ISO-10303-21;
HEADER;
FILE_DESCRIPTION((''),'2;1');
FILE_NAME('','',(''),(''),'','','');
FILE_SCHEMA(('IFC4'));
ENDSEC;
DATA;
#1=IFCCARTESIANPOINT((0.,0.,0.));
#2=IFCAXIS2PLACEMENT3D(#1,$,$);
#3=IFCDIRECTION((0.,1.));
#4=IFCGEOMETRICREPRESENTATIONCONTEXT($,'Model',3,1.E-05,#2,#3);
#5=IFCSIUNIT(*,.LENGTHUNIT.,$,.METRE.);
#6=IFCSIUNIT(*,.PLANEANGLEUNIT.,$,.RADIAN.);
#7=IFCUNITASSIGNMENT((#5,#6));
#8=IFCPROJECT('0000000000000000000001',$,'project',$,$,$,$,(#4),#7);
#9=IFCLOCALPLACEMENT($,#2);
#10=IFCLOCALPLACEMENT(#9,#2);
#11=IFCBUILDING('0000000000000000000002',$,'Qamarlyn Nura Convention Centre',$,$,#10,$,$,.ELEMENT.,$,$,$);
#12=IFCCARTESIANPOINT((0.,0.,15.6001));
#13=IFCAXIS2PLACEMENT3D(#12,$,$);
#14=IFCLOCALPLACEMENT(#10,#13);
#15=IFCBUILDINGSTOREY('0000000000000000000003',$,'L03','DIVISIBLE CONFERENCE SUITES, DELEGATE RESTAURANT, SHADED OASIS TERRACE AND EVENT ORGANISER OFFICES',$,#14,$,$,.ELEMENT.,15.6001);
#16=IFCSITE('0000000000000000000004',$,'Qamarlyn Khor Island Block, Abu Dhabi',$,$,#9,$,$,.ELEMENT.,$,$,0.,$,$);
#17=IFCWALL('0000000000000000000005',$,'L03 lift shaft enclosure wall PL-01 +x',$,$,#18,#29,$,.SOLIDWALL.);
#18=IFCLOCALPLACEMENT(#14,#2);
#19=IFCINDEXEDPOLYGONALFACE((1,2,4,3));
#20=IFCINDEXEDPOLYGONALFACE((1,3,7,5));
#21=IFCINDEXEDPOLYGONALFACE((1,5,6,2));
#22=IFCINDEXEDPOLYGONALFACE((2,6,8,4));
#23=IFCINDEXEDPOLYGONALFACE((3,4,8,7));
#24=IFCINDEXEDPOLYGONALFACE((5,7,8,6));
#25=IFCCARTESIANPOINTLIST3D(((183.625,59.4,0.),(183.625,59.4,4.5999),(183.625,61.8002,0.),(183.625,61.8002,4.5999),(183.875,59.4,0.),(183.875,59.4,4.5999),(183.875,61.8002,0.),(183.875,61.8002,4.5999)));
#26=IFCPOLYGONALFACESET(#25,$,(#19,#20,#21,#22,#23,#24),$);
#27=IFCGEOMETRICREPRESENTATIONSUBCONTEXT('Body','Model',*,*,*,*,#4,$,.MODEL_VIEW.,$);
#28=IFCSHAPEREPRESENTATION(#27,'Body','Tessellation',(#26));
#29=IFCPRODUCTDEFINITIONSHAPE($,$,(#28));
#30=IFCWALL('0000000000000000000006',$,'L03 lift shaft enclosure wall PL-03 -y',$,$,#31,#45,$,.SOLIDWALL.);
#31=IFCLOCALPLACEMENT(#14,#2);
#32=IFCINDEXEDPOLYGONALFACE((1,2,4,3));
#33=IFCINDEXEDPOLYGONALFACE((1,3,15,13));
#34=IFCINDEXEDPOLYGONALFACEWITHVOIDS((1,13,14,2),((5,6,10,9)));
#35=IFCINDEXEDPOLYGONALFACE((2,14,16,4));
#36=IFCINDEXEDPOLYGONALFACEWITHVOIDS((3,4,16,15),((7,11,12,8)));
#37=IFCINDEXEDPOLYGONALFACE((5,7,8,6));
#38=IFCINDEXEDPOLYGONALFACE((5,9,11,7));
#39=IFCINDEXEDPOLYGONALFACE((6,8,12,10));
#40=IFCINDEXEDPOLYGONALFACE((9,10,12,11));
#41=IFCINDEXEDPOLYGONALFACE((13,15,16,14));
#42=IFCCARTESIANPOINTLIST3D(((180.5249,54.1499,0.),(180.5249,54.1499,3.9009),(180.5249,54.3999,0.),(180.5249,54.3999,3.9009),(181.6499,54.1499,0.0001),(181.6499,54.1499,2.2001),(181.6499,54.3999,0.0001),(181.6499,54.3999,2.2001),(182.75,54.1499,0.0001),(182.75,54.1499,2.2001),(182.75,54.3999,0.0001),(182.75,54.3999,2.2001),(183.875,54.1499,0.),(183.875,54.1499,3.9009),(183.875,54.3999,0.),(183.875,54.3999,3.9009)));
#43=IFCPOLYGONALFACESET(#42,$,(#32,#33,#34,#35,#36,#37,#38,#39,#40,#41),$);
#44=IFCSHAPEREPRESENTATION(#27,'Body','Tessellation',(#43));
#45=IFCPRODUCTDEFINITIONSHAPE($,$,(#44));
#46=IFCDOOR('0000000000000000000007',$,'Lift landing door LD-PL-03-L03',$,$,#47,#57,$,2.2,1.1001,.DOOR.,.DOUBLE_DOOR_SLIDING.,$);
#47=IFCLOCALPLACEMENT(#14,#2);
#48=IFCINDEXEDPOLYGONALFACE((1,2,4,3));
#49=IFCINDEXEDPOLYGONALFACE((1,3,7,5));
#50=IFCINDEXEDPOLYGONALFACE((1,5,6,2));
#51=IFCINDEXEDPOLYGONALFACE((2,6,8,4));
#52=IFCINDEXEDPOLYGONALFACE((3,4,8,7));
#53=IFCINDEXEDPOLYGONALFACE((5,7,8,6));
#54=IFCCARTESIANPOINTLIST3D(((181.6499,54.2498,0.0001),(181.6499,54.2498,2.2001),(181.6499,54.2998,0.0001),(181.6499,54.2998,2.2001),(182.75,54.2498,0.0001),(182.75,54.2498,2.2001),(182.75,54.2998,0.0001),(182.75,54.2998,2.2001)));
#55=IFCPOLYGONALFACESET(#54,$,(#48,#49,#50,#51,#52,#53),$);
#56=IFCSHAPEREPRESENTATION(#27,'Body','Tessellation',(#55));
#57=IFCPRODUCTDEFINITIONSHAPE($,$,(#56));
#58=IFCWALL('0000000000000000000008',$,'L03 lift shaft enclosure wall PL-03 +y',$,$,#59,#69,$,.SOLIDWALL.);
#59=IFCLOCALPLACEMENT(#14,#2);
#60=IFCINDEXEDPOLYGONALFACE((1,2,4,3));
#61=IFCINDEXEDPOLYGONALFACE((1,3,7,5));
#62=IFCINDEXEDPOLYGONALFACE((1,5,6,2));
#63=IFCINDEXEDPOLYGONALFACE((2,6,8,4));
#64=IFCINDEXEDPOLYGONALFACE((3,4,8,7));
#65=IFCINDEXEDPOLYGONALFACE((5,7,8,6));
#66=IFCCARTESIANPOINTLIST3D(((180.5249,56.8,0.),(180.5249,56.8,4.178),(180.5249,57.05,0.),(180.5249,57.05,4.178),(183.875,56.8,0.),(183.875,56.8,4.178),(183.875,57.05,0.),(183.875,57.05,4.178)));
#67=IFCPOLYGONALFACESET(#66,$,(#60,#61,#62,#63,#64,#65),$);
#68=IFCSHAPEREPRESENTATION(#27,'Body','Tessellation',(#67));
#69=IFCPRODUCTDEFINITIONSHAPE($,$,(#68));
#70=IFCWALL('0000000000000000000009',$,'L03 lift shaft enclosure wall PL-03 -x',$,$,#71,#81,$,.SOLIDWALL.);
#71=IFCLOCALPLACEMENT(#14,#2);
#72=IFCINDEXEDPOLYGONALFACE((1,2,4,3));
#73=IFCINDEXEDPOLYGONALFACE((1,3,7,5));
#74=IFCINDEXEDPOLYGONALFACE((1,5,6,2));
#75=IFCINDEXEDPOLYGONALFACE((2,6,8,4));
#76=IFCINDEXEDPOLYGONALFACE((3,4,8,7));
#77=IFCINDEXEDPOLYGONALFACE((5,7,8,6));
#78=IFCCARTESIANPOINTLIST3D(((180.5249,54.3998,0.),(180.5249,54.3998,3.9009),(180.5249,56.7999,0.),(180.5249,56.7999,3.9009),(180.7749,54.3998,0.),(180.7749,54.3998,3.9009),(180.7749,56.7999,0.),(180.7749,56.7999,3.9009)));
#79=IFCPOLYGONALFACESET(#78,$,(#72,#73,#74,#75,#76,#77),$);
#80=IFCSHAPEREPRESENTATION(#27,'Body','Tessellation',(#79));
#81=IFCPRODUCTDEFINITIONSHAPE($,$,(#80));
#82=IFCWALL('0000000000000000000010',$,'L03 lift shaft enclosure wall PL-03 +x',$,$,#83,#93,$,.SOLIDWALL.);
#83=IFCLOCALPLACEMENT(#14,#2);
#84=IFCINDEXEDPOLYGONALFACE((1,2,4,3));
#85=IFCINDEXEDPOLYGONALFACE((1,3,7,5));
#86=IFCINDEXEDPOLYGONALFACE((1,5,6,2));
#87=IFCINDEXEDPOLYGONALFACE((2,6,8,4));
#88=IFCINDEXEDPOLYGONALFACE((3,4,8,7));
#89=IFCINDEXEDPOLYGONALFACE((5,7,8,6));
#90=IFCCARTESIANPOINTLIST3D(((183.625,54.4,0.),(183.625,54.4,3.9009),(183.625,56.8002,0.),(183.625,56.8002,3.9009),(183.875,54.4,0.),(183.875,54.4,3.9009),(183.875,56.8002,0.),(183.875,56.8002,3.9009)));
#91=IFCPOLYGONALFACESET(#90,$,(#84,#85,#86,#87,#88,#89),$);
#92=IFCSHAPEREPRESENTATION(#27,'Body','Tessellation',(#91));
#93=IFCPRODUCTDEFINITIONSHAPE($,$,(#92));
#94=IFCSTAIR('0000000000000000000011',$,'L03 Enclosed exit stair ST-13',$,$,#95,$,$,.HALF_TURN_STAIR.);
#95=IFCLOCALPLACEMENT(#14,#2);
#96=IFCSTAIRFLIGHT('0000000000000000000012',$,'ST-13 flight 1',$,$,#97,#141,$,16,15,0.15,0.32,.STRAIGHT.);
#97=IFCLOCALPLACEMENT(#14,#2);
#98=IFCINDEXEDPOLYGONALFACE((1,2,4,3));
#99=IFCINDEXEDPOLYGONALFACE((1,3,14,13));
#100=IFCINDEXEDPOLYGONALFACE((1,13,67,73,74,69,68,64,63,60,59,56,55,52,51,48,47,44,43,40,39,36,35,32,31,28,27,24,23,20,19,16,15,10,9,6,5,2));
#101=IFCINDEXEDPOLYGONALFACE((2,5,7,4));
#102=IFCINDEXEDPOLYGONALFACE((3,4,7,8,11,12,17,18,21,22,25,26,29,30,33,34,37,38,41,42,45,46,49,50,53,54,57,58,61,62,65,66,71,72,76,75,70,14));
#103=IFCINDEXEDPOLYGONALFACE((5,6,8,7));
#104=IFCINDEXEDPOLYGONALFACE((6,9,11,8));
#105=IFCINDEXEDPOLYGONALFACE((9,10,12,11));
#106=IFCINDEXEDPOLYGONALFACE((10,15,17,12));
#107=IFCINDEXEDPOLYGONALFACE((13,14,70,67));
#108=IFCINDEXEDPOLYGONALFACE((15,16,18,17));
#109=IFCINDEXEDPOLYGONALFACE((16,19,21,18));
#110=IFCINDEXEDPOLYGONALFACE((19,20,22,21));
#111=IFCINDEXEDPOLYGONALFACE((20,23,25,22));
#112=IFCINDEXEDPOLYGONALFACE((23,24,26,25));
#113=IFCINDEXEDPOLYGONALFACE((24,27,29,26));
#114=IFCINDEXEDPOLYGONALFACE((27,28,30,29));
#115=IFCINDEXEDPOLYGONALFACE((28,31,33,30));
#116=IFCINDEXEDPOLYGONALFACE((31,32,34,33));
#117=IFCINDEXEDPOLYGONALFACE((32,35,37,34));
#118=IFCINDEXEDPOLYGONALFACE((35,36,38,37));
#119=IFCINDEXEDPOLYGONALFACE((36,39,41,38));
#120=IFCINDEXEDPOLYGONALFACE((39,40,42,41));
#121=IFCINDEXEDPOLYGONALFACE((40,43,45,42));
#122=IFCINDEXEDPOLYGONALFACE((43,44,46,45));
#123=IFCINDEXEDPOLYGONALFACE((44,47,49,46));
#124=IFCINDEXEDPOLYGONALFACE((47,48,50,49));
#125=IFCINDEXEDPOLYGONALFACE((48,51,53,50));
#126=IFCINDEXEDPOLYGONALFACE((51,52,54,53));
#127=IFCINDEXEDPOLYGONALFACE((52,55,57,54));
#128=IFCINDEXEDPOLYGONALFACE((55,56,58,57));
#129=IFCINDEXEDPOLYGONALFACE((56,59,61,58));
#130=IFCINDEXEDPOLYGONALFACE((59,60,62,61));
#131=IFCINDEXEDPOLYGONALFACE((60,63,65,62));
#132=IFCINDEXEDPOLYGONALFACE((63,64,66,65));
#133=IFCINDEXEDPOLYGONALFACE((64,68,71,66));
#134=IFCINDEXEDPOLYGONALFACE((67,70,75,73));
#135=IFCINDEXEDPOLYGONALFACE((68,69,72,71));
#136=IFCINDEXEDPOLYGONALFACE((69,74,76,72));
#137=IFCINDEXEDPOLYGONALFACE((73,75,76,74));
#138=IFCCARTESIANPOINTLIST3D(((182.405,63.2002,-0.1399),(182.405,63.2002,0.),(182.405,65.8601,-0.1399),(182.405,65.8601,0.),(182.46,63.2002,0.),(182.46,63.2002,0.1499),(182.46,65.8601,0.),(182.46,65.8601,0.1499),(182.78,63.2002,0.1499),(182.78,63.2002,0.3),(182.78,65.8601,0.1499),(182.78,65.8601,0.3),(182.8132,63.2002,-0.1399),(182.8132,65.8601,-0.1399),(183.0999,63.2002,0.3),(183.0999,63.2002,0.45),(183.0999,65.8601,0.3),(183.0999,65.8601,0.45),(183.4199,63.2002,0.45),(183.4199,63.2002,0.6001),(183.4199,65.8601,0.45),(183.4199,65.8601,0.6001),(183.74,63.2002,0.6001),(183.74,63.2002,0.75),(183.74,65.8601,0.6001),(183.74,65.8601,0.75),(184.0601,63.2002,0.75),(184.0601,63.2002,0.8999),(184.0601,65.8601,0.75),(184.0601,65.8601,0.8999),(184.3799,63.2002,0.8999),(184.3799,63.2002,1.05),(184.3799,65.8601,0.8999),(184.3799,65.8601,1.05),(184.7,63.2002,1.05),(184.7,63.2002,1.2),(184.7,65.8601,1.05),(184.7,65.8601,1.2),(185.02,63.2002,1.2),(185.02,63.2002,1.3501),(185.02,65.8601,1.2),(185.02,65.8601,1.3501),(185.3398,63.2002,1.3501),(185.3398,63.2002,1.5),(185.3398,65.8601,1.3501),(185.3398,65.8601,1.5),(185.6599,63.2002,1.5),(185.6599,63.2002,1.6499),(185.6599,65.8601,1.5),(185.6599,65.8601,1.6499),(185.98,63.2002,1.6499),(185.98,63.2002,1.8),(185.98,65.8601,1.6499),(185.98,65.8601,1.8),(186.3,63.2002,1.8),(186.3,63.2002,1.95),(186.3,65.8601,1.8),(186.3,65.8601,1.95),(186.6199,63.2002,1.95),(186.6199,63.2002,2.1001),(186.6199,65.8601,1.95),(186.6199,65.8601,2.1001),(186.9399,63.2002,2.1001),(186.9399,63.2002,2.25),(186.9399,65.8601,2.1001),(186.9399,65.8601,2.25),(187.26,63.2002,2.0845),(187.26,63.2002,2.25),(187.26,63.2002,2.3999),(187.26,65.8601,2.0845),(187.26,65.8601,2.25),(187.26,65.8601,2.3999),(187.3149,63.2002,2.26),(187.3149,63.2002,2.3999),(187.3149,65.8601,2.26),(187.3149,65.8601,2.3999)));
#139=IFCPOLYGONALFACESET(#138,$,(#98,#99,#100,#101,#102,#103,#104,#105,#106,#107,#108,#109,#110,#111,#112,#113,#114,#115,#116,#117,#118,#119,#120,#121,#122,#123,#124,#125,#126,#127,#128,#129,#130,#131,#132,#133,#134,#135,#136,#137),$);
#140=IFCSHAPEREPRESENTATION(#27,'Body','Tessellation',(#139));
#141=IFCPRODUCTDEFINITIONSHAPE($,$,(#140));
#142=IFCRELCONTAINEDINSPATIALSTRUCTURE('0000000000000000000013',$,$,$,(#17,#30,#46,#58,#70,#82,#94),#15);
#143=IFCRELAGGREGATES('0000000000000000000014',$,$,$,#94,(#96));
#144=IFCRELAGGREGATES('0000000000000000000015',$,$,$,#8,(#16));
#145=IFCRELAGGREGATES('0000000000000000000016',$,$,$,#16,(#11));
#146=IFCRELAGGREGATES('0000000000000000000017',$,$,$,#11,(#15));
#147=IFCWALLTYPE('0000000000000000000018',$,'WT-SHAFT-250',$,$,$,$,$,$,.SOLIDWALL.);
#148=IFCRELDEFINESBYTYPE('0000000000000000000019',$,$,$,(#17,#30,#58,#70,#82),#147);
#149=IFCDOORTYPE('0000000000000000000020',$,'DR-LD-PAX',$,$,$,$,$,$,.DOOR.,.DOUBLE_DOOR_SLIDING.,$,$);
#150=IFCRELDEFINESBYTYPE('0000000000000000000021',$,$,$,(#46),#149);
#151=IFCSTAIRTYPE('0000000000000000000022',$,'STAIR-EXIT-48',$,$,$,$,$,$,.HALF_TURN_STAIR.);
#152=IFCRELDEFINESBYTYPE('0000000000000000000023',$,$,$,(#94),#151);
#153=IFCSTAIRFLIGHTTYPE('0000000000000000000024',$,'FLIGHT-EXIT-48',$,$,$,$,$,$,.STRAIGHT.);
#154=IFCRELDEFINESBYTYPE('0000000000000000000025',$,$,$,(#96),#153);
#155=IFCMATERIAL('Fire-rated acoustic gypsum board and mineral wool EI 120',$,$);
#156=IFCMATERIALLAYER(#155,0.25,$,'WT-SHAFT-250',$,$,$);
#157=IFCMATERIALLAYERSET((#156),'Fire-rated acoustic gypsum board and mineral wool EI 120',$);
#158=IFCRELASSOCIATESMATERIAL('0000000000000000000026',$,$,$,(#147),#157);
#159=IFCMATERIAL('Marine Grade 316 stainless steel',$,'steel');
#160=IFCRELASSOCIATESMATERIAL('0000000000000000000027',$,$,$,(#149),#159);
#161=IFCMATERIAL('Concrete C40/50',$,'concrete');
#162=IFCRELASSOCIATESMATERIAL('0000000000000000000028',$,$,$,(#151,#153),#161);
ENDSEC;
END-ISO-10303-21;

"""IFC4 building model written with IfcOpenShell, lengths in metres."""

from ifc_helpers import new_model, si_unit, direction, frame, frame_2d, origin, place, context, subcontext, project, spatial, polyline, rectangle, outline, extrude, material, layer, layer_set, type_object, element, fill, aggregate, save


model = new_model("IFC4")

# Units and contexts
model_context = context("Model", 3, precision=1e-05, world=origin(), true_north=direction((0.0, 1.0)))
body_context = subcontext(model_context, "Body", "Model", "MODEL_VIEW")
ifc_project = project(units=[si_unit("LENGTHUNIT", "METRE"), si_unit("PLANEANGLEUNIT", "RADIAN")], contexts=[model_context])

# Site, building, storey
site_placement = place(None, origin())
site = spatial("IfcSite", under=ifc_project, at=site_placement, Name="Qamarlyn Khor Island Block, Abu Dhabi", CompositionType="ELEMENT", RefElevation=0.0)
building_placement = place(site_placement, origin())
building = spatial("IfcBuilding", under=site, at=building_placement, Name="Qamarlyn Nura Convention Centre", CompositionType="ELEMENT")
storey_placement = place(building_placement, frame((0.0, 0.0, 15.6001)))
storey = spatial("IfcBuildingStorey", under=building, at=storey_placement, Name="L03", Description="DIVISIBLE CONFERENCE SUITES, DELEGATE RESTAURANT, SHADED OASIS TERRACE AND EVENT ORGANISER OFFICES", CompositionType="ELEMENT", Elevation=15.6001)

# Shared definitions
ifc_material_1 = material(Name="Fire-rated acoustic gypsum board and mineral wool EI 120")
ifc_layer_1 = layer(ifc_material_1, 0.25, Name="WT-SHAFT-250")
ifc_layer_set_1 = layer_set([ifc_layer_1], Name="Fire-rated acoustic gypsum board and mineral wool EI 120")
wall_type_1 = type_object("IfcWallType", Name="WT-SHAFT-250", PredefinedType="SOLIDWALL", material=ifc_layer_set_1)
ifc_material_2 = material(Name="Marine Grade 316 stainless steel", Category="steel")
door_type_1 = type_object("IfcDoorType", Name="DR-LD-PAX", OperationType="DOUBLE_DOOR_SLIDING", PredefinedType="DOOR", material=ifc_material_2)

# Wall
for number, where, z_axis, x_axis, name in (
    (1, (183.75, 59.3999, 0.0), (0.0, 0.0, 1.0), (0.0, 1.0, 0.0), "L03 lift shaft enclosure wall PL-01 +x"),
):
    element("IfcWall", number, at=place(storey_placement, frame(where, z_axis=z_axis, x_axis=x_axis)), inside=storey, type_object=wall_type_1, Name=name, PredefinedType="SOLIDWALL", context=body_context, shape_type="SweptSolid", body=[
        extrude(rectangle(XDim=2.4001, YDim=0.25, at=frame_2d((1.2002, 0.0))), origin(), (0.0, 0.0, 1.0), 4.5999),
    ])

# Wall, opening, door
wall_1_placement = place(storey_placement, frame((180.5249, 54.2749, 0.0), z_axis=(0.0, 0.0, 1.0), x_axis=(1.0, 0.0, 0.0)))
wall_1 = element("IfcWall", 2, at=wall_1_placement, inside=storey, type_object=wall_type_1, Name="L03 lift shaft enclosure wall PL-03 -y", PredefinedType="SOLIDWALL", context=body_context, shape_type="SweptSolid", body=[
    extrude(rectangle(XDim=3.3501, YDim=0.25, at=frame_2d((1.675, 0.0))), origin(), (0.0, 0.0, 1.0), 3.9009),
])
opening_1_placement = place(wall_1_placement, frame((1.125, 0.0, 0.0)))
opening_1 = element("IfcOpeningElement", 3, at=opening_1_placement, cuts=wall_1, PredefinedType="OPENING", context=body_context, shape_type="SweptSolid", body=[
    extrude(rectangle(XDim=1.1001, YDim=2.2, at=frame_2d((0.55, 1.1001))), frame((0.0, 0.135, 0.0), z_axis=(0.0, -1.0, 0.0), x_axis=(1.0, 0.0, 0.0)), (0.0, 0.0, 1.0), 0.27),
])
door_1_placement = place(opening_1_placement, origin())
door_1 = element("IfcDoor", 4, at=door_1_placement, inside=storey, type_object=door_type_1, Name="Lift landing door LD-PL-03-L03", OperationType="DOUBLE_DOOR_SLIDING", OverallHeight=2.2, OverallWidth=1.1001, PredefinedType="DOOR", context=body_context, shape_type="SweptSolid", body=[
    extrude(rectangle(XDim=1.1001, YDim=2.2, at=frame_2d((0.55, 1.1001))), frame((0.0, 0.0249, 0.0), z_axis=(0.0, -1.0, 0.0), x_axis=(1.0, 0.0, 0.0)), (0.0, 0.0, 1.0), 0.05),
])
fill(opening_1, door_1)

# Walls
wall_2_placement = place(storey_placement, frame((183.875, 56.925, 0.0), z_axis=(0.0, 0.0, 1.0), x_axis=(-1.0, 0.0, 0.0)))
element("IfcWall", 5, at=wall_2_placement, inside=storey, type_object=wall_type_1, Name="L03 lift shaft enclosure wall PL-03 +y", PredefinedType="SOLIDWALL", context=body_context, shape_type="SweptSolid", body=[
    extrude(rectangle(XDim=3.3501, YDim=0.25, at=frame_2d((1.675, 0.0))), origin(), (0.0, 0.0, 1.0), 4.178),
])
for number, where, z_axis, x_axis, name in (
    (6, (180.6499, 56.8, 0.0), (0.0, 0.0, 1.0), (0.0, -1.0, 0.0), "L03 lift shaft enclosure wall PL-03 -x"),
    (7, (183.75, 54.3999, 0.0), (0.0, 0.0, 1.0), (0.0, 1.0, 0.0), "L03 lift shaft enclosure wall PL-03 +x"),
):
    element("IfcWall", number, at=place(storey_placement, frame(where, z_axis=z_axis, x_axis=x_axis)), inside=storey, type_object=wall_type_1, Name=name, PredefinedType="SOLIDWALL", context=body_context, shape_type="SweptSolid", body=[
        extrude(rectangle(XDim=2.4001, YDim=0.25, at=frame_2d((1.2002, 0.0))), origin(), (0.0, 0.0, 1.0), 3.9009),
    ])

# Stair, stair flight
ifc_material_3 = material(Name="Concrete C40/50", Category="concrete")
stair_type = type_object("IfcStairType", Name="STAIR-EXIT-48", PredefinedType="HALF_TURN_STAIR", material=ifc_material_3)
stair_placement = place(storey_placement, origin())
stair = element("IfcStair", 8, at=stair_placement, inside=storey, type_object=stair_type, Name="L03 Enclosed exit stair ST-13", PredefinedType="HALF_TURN_STAIR")
stair_flight_type = type_object("IfcStairFlightType", Name="FLIGHT-EXIT-48", PredefinedType="STRAIGHT", material=ifc_material_3)
stair_flight_placement = place(storey_placement, frame((182.46, 64.53, 0.0), z_axis=(0.0, 0.0, 1.0), x_axis=(1.0, 0.0, 0.0)))
stair_flight = element("IfcStairFlight", 9, at=stair_flight_placement, type_object=stair_flight_type, Name="ST-13 flight 1", NumberOfRisers=16, NumberOfTreads=15, PredefinedType="STRAIGHT", RiserHeight=0.15, TreadLength=0.32, context=body_context, shape_type="SweptSolid", body=[
    extrude(outline(polyline([(-0.0549, 0.0), (0.0, 0.0), (0.0, 0.1499), (0.3201, 0.1499), (0.3201, 0.3), (0.6399, 0.3), (0.6399, 0.45), (0.96, 0.45), (0.96, 0.6001), (1.28, 0.6001), (1.28, 0.75), (1.6001, 0.75), (1.6001, 0.8999), (1.9199, 0.8999), (1.9199, 1.05), (2.24, 1.05), (2.24, 1.2), (2.5601, 1.2), (2.5601, 1.3501), (2.8799, 1.3501), (2.8799, 1.5), (3.2, 1.5), (3.2, 1.6499), (3.52, 1.6499), (3.52, 1.8), (3.8401, 1.8), (3.8401, 1.95), (4.1599, 1.95), (4.1599, 2.1001), (4.48, 2.1001), (4.48, 2.25), (4.8, 2.25), (4.8, 2.3999), (4.855, 2.3999), (4.855, 2.26), (4.8, 2.0845), (0.3533, -0.1399), (-0.0549, -0.1399), (-0.0549, 0.0)])), frame((0.0, 1.3301, 0.0), z_axis=(0.0, -1.0, 0.0), x_axis=(1.0, 0.0, 0.0)), (0.0, 0.0, 1.0), 2.6599),
])
aggregate(stair, [stair_flight])

save(model, "model.ifc")
